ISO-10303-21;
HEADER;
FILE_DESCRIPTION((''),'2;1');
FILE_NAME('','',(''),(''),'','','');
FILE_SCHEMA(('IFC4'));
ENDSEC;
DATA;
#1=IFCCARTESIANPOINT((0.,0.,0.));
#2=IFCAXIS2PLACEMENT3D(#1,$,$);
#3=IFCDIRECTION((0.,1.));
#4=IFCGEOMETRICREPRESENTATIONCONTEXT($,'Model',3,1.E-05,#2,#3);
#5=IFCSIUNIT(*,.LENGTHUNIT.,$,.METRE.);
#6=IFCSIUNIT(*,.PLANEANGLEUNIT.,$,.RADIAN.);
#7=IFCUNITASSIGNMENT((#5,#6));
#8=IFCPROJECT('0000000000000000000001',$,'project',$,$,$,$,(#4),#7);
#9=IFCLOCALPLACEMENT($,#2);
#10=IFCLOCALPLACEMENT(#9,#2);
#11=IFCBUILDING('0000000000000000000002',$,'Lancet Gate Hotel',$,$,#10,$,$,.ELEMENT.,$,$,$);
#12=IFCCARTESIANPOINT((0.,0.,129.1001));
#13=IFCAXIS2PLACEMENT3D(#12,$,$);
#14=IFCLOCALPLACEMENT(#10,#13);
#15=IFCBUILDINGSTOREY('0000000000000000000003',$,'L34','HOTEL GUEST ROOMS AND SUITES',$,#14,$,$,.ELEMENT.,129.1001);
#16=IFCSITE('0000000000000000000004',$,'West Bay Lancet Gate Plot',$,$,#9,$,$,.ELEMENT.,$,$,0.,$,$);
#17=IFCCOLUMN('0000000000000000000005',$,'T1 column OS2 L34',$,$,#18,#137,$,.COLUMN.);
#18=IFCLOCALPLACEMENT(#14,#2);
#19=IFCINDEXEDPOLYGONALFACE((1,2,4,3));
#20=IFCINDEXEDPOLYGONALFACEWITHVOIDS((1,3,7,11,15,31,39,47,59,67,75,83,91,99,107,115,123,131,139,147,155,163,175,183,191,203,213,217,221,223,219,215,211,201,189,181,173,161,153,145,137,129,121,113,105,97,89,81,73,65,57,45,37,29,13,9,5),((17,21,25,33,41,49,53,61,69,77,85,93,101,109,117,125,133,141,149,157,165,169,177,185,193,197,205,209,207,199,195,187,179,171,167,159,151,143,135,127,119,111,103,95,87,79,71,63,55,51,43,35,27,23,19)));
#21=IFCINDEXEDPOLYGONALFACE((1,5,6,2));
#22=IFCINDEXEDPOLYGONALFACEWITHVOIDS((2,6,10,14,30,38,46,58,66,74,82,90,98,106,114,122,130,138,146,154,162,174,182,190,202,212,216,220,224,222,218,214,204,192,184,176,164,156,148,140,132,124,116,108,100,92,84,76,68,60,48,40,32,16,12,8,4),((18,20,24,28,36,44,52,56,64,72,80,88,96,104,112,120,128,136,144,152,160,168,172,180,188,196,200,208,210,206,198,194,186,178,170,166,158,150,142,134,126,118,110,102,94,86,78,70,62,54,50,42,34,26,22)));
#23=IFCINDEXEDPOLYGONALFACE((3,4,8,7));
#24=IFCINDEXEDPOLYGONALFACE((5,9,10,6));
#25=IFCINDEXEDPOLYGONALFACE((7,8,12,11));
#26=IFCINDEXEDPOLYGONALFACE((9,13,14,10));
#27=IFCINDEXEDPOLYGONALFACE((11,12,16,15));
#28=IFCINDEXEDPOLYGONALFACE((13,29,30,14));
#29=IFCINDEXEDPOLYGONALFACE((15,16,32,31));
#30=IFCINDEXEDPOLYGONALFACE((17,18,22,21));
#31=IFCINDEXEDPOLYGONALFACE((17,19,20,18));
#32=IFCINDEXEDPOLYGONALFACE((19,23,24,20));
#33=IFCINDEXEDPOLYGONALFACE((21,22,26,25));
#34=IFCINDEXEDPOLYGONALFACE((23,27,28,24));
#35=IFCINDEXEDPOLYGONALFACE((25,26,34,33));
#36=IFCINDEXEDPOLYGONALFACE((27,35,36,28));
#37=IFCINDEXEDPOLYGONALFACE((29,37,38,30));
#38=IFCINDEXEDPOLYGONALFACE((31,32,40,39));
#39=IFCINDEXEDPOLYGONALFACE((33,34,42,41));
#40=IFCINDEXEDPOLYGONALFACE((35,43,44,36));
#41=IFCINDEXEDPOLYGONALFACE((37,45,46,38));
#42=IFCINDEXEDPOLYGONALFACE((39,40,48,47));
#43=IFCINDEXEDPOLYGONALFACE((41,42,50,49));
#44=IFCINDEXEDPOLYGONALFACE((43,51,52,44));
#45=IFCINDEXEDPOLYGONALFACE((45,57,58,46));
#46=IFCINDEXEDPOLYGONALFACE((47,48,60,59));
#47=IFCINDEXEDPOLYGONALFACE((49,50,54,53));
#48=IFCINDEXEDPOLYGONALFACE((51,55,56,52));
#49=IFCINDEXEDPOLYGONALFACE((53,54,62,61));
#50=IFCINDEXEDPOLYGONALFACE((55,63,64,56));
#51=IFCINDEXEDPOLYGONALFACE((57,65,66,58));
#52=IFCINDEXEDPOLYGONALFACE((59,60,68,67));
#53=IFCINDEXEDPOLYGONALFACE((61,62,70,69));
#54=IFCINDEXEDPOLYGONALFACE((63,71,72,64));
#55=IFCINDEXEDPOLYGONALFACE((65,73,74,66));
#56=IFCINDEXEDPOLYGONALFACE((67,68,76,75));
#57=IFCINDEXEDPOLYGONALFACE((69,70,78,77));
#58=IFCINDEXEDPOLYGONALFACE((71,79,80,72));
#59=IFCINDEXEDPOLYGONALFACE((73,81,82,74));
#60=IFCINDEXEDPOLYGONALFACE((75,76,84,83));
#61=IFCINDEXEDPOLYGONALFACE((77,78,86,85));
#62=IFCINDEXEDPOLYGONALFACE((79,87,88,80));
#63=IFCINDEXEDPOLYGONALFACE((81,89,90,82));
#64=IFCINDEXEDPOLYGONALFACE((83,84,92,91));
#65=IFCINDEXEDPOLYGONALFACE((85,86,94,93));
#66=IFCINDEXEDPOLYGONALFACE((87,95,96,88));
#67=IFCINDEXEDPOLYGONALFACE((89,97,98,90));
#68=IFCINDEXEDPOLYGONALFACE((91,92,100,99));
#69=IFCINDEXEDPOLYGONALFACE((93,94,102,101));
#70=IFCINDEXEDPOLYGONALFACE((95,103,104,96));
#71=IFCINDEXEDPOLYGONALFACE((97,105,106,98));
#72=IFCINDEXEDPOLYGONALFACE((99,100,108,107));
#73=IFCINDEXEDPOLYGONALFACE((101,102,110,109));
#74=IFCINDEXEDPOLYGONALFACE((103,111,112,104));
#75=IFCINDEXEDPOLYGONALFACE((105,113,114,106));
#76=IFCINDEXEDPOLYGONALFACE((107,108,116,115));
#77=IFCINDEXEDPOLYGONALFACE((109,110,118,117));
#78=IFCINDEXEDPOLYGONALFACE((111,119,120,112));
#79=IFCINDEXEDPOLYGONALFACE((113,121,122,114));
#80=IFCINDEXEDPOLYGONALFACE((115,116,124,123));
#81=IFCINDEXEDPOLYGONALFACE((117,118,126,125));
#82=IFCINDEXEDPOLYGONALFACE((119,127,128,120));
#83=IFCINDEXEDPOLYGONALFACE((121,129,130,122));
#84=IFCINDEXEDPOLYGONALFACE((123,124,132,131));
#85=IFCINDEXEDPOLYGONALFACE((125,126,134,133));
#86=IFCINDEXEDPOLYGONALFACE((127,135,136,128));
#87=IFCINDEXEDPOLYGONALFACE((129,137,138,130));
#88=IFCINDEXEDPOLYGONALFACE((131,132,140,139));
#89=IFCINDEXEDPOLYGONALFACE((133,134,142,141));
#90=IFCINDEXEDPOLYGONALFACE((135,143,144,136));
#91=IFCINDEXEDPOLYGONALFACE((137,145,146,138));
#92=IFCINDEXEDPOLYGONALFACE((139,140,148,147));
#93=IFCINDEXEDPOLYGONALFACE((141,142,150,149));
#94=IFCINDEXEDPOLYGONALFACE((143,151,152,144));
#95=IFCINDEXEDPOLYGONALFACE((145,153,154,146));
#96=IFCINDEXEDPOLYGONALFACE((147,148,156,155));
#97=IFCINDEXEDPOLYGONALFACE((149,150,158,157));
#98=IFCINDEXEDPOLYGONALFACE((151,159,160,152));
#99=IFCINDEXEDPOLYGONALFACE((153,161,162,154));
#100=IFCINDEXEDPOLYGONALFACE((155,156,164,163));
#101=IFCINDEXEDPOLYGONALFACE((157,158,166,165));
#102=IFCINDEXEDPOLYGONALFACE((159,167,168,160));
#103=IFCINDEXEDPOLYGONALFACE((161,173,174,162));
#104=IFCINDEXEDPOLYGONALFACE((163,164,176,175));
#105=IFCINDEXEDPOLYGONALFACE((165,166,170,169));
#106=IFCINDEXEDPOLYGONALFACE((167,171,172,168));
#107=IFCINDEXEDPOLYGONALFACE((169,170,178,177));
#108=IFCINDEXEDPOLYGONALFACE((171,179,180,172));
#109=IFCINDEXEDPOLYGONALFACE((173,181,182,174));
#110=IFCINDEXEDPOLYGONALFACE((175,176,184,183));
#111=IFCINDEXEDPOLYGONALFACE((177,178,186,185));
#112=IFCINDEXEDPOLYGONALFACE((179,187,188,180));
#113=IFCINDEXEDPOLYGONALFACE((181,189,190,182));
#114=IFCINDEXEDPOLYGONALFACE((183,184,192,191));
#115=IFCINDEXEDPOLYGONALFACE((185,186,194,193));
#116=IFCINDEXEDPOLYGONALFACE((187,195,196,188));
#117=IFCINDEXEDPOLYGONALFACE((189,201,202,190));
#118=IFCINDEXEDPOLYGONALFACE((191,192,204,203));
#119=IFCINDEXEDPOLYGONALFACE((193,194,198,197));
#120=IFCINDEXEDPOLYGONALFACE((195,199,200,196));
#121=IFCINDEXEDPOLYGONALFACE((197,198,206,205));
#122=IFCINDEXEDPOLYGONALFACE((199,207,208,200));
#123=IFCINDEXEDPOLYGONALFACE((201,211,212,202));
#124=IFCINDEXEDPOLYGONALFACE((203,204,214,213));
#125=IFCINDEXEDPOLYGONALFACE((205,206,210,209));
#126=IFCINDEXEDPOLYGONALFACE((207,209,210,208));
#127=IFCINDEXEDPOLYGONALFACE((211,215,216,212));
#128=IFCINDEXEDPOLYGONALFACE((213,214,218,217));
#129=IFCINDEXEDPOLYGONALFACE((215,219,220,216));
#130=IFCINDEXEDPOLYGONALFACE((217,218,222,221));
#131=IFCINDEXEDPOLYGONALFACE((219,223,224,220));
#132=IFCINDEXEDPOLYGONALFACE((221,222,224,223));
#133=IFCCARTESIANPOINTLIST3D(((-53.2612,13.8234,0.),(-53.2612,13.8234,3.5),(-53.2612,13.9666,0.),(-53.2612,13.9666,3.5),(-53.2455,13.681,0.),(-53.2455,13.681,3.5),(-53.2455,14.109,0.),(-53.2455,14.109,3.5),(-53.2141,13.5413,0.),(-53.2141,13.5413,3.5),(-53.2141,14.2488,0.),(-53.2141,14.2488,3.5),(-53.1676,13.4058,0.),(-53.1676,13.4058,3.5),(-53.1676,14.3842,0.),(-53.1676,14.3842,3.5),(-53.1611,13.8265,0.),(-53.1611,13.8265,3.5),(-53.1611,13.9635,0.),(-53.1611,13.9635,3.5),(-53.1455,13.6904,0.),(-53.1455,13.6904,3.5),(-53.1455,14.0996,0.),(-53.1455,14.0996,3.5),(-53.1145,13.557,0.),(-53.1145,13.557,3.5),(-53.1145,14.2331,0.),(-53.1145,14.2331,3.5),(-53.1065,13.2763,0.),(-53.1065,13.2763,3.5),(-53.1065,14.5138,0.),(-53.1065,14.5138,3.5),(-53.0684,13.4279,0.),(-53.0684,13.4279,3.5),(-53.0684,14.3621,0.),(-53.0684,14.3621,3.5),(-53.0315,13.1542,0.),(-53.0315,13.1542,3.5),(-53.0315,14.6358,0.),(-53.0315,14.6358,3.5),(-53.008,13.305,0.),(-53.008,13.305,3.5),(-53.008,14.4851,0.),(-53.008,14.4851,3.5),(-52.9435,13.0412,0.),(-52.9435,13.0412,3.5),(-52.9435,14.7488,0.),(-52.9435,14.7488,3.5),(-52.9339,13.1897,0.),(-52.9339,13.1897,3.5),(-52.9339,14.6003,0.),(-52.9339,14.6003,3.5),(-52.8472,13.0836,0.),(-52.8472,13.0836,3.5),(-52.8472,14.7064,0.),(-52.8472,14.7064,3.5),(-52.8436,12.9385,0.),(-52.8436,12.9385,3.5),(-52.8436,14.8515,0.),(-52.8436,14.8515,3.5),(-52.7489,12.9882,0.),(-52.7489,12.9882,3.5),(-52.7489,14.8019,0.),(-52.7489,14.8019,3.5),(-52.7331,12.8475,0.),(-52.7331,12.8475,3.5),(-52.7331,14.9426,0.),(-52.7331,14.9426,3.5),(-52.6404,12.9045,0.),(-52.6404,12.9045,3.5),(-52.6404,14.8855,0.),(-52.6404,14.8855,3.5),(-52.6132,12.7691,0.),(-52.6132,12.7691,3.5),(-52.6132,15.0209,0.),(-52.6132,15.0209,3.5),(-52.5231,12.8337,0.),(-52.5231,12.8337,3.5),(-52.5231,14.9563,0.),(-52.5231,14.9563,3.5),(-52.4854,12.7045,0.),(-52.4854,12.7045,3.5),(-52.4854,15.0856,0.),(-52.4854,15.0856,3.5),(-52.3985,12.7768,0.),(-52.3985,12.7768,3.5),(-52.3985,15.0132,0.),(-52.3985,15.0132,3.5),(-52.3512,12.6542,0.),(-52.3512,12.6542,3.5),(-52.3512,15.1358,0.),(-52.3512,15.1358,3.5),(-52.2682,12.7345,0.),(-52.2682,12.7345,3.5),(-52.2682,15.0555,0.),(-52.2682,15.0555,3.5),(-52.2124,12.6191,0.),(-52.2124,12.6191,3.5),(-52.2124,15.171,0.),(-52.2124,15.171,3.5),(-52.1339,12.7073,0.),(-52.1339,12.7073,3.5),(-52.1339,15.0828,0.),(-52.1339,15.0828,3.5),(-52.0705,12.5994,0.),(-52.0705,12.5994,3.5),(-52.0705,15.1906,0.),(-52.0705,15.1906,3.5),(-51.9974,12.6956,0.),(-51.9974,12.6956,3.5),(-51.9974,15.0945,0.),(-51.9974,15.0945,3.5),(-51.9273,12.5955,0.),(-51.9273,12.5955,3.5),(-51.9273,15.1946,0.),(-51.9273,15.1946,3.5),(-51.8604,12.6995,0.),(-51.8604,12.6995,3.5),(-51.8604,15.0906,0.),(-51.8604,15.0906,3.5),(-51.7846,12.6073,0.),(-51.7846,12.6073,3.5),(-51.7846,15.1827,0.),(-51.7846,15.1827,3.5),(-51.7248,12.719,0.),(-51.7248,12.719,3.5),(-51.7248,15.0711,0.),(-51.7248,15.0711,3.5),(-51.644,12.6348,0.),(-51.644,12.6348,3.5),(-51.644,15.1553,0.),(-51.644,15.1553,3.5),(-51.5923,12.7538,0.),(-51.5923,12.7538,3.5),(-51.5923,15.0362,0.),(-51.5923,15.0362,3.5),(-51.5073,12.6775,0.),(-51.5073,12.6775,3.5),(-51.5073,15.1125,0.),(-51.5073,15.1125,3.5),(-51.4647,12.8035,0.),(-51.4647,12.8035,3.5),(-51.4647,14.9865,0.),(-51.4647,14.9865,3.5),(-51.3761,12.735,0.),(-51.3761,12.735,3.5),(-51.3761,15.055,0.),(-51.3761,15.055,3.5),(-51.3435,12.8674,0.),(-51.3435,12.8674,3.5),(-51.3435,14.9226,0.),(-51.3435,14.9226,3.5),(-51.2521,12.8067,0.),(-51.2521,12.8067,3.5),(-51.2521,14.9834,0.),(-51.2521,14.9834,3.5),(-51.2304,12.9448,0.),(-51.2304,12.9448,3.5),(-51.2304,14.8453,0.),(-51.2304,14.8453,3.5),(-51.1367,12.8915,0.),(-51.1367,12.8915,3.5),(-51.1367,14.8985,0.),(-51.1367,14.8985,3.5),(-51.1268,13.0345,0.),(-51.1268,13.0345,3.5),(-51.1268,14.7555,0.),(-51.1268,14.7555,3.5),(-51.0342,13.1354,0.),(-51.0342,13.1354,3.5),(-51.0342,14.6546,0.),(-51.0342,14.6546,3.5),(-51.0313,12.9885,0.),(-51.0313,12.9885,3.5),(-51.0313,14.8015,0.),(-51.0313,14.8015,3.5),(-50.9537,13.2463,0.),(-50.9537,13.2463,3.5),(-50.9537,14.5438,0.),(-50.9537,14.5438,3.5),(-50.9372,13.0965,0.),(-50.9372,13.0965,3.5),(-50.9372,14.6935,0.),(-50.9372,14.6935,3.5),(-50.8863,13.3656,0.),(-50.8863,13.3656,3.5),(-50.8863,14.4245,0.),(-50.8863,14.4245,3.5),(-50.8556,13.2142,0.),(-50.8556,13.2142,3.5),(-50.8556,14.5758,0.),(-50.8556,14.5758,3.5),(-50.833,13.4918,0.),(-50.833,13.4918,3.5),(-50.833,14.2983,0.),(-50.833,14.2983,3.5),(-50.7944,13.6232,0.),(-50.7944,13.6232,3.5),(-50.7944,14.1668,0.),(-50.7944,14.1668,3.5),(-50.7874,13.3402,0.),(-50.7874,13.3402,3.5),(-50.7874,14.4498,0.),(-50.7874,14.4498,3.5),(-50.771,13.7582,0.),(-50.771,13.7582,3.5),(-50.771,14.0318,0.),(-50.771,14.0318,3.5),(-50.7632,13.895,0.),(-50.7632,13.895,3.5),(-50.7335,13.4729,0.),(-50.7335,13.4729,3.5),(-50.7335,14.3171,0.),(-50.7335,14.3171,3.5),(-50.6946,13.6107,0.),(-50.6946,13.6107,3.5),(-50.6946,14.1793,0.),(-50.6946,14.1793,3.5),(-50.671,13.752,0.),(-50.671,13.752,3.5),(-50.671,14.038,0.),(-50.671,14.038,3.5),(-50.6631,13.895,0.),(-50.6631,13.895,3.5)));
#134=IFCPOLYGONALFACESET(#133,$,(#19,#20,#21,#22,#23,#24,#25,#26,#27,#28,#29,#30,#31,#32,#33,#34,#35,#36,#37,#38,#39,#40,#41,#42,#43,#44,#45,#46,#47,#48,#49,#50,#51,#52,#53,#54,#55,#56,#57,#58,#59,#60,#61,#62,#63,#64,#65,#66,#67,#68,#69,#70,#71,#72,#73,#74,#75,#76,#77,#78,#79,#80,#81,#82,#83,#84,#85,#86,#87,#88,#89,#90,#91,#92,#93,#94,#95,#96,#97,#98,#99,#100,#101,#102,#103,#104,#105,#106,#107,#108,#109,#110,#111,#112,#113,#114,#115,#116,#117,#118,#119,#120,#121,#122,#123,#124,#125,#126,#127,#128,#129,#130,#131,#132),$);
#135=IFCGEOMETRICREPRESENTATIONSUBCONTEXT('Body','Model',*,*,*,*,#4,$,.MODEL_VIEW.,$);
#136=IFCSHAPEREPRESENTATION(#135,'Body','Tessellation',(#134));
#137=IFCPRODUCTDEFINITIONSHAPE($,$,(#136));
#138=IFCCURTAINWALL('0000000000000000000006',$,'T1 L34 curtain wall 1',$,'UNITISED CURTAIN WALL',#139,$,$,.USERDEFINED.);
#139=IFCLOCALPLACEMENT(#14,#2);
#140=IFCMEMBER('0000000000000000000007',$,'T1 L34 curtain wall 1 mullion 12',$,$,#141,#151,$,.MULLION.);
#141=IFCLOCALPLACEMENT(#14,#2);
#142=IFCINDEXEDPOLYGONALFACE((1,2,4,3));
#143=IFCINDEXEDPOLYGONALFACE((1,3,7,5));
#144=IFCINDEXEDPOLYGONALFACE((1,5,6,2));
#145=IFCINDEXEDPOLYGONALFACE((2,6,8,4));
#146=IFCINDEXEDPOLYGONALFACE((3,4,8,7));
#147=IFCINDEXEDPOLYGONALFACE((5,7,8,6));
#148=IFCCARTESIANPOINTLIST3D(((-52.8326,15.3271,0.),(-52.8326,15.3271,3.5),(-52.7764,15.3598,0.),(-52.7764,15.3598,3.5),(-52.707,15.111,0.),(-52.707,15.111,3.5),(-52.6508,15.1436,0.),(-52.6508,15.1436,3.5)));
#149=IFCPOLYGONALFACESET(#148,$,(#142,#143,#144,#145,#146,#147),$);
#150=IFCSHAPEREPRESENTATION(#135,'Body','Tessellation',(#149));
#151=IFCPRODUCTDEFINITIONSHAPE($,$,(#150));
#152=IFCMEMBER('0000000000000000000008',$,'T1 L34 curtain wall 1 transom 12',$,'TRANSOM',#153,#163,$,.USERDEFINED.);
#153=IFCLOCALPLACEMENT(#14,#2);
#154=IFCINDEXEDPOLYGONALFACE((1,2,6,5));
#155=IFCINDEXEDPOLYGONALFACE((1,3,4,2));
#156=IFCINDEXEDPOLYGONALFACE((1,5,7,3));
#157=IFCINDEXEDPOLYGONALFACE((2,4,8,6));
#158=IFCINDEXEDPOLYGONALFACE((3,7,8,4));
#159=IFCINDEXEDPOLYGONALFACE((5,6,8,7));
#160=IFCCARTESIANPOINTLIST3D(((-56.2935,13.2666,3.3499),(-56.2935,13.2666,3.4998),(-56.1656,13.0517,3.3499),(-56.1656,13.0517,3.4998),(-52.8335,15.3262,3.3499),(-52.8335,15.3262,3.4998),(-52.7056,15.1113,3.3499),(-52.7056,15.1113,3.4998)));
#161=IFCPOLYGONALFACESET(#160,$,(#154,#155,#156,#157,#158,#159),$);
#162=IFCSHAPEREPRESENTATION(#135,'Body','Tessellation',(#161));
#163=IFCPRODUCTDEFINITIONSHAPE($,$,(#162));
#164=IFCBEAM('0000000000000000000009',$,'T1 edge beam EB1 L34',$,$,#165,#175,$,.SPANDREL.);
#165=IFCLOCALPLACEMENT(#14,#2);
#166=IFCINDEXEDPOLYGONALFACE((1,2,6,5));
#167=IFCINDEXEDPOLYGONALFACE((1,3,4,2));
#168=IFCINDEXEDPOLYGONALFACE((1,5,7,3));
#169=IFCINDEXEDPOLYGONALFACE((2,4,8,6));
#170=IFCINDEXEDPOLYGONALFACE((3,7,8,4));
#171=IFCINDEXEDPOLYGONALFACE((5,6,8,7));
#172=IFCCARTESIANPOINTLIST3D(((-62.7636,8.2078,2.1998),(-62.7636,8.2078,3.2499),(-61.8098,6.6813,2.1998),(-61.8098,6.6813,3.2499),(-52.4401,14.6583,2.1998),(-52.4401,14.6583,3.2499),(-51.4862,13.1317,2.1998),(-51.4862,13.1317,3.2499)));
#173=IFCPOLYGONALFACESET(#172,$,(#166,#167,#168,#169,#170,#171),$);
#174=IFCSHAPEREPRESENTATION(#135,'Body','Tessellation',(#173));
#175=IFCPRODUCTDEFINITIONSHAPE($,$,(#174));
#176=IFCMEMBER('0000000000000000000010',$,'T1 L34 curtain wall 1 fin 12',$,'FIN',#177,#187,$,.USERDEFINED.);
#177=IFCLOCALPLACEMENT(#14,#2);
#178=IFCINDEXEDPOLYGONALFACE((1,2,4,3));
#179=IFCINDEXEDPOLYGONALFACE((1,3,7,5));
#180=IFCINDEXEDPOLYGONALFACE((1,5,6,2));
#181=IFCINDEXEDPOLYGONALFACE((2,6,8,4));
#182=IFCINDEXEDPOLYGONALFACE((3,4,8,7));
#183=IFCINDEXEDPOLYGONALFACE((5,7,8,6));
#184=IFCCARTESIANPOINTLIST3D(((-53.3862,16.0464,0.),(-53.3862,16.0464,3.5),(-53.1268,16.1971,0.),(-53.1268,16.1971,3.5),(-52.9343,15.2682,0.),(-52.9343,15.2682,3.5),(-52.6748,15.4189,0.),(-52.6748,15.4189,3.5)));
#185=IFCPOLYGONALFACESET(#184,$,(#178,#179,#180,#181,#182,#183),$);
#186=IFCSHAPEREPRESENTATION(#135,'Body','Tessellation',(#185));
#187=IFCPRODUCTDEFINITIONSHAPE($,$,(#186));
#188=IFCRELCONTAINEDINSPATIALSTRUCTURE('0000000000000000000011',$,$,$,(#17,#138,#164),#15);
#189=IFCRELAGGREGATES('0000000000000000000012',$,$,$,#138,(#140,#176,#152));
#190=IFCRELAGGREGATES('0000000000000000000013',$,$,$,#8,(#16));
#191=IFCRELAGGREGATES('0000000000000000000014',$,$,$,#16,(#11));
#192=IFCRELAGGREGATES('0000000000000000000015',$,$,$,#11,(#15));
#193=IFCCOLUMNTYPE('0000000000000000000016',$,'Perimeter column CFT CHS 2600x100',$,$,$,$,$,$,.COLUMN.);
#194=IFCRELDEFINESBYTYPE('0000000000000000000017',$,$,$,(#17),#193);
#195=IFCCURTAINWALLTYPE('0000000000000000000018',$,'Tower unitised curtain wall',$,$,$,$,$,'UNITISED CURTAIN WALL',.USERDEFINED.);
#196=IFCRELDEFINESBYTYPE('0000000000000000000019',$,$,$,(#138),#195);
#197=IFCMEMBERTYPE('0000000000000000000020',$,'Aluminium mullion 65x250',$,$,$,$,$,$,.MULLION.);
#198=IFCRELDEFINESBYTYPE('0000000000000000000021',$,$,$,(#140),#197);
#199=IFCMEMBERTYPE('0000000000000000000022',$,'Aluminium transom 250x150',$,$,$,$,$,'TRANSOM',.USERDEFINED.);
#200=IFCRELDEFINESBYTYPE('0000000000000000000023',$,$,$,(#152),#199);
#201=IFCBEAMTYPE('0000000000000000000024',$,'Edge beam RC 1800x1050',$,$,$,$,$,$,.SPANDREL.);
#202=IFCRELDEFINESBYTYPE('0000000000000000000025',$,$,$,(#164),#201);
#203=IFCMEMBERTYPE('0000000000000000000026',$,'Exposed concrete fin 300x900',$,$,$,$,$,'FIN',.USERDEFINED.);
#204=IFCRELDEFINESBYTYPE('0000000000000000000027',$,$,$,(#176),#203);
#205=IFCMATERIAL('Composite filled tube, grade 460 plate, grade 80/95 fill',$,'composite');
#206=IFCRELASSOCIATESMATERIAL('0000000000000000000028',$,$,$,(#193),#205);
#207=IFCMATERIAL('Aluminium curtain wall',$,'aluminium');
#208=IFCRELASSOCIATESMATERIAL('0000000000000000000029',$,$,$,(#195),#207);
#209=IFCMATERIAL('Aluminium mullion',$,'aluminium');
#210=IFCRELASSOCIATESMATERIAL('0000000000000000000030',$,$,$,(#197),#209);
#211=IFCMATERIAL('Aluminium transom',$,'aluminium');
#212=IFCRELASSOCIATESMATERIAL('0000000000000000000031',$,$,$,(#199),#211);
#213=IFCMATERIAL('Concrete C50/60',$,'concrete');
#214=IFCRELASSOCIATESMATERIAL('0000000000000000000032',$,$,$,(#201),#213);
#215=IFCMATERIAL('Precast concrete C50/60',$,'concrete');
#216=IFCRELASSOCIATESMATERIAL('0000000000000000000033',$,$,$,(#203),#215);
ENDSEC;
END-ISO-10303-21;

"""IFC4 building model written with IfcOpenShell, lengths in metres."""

from ifc_helpers import new_model, si_unit, direction, frame, origin, origin_2d, place, context, subcontext, project, spatial, rectangle, hollow_circle, extrude, material, material_profile, profile_set, type_object, element, aggregate, save


model = new_model("IFC4")

# Units and contexts
model_context = context("Model", 3, precision=1e-05, world=origin(), true_north=direction((0.0, 1.0)))
body_context = subcontext(model_context, "Body", "Model", "MODEL_VIEW")
ifc_project = project(units=[si_unit("LENGTHUNIT", "METRE"), si_unit("PLANEANGLEUNIT", "RADIAN")], contexts=[model_context])

# Site, building, storey
site_placement = place(None, origin())
site = spatial("IfcSite", under=ifc_project, at=site_placement, Name="West Bay Lancet Gate Plot", CompositionType="ELEMENT", RefElevation=0.0)
building_placement = place(site_placement, origin())
building = spatial("IfcBuilding", under=site, at=building_placement, Name="Lancet Gate Hotel", CompositionType="ELEMENT")
storey_placement = place(building_placement, frame((0.0, 0.0, 129.1001)))
storey = spatial("IfcBuildingStorey", under=building, at=storey_placement, Name="L34", Description="HOTEL GUEST ROOMS AND SUITES", CompositionType="ELEMENT", Elevation=129.1001)

# Column
ifc_material_1 = material(Name="Composite filled tube, grade 460 plate, grade 80/95 fill", Category="composite")
ifc_material_profile_1 = material_profile(ifc_material_1, hollow_circle(Radius=1.3, WallThickness=0.1001, at=origin_2d()), Name="CHS 2600x100")
ifc_profile_set_1 = profile_set([ifc_material_profile_1], Name="Composite filled tube, grade 460 plate, grade 80/95 fill")
column_type = type_object("IfcColumnType", Name="Perimeter column CFT CHS 2600x100", PredefinedType="COLUMN", material=ifc_profile_set_1)
column_placement = place(storey_placement, frame((-51.9631, 13.895, 0.0), z_axis=(0.0, 0.0, 1.0), x_axis=(1.0, 0.0, 0.0)))
element("IfcColumn", 1, at=column_placement, inside=storey, type_object=column_type, Name="T1 column OS2 L34", PredefinedType="COLUMN", context=body_context, shape_type="SweptSolid", body=[
    extrude(hollow_circle(Radius=1.3, WallThickness=0.1001, at=origin_2d()), origin(), (0.0, 0.0, 1.0), 3.5),
])

# Curtain wall, members
ifc_material_2 = material(Name="Aluminium curtain wall", Category="aluminium")
curtain_wall_type = type_object("IfcCurtainWallType", Name="Tower unitised curtain wall", ElementType="UNITISED CURTAIN WALL", PredefinedType="USERDEFINED", material=ifc_material_2)
curtain_wall_placement = place(storey_placement, origin())
curtain_wall = element("IfcCurtainWall", 2, at=curtain_wall_placement, inside=storey, type_object=curtain_wall_type, Name="T1 L34 curtain wall 1", ObjectType="UNITISED CURTAIN WALL", PredefinedType="USERDEFINED")
ifc_material_3 = material(Name="Aluminium mullion", Category="aluminium")
ifc_material_profile_2 = material_profile(ifc_material_3, rectangle(XDim=0.0649, YDim=0.25, at=origin_2d()), Name="MULLION 65x250")
ifc_profile_set_2 = profile_set([ifc_material_profile_2], Name="Aluminium mullion")
member_type_1 = type_object("IfcMemberType", Name="Aluminium mullion 65x250", PredefinedType="MULLION", material=ifc_profile_set_2)
member_1_placement = place(storey_placement, frame((-52.7417, 15.2354, 0.0), z_axis=(0.0, 0.0, 1.0), x_axis=(-0.864728, -0.502241, 0.0)))
member_1 = element("IfcMember", 3, at=member_1_placement, type_object=member_type_1, Name="T1 L34 curtain wall 1 mullion 12", PredefinedType="MULLION", context=body_context, shape_type="SweptSolid", body=[
    extrude(rectangle(XDim=0.0649, YDim=0.25, at=origin_2d()), origin(), (0.0, 0.0, 1.0), 3.5),
])
ifc_material_4 = material(Name="Aluminium transom", Category="aluminium")
ifc_material_profile_3 = material_profile(ifc_material_4, rectangle(XDim=0.25, YDim=0.1499, at=origin_2d()), Name="TRANSOM 250x150")
ifc_profile_set_3 = profile_set([ifc_material_profile_3], Name="Aluminium transom")
member_type_2 = type_object("IfcMemberType", Name="Aluminium transom 250x150", ElementType="TRANSOM", PredefinedType="USERDEFINED", material=ifc_profile_set_3)
member_2_placement = place(storey_placement, frame((-52.7695, 15.2188, 3.4248), z_axis=(-0.859285, -0.511497, 0.0), x_axis=(0.511497, -0.859285, 0.0)))
member_2 = element("IfcMember", 4, at=member_2_placement, type_object=member_type_2, Name="T1 L34 curtain wall 1 transom 12", ObjectType="TRANSOM", PredefinedType="USERDEFINED", context=body_context, shape_type="SweptSolid", body=[
    extrude(rectangle(XDim=0.25, YDim=0.1499, at=origin_2d()), origin(), (0.0, 0.0, 1.0), 4.0266),
])

# Beam
ifc_material_5 = material(Name="Concrete C50/60", Category="concrete")
ifc_material_profile_4 = material_profile(ifc_material_5, rectangle(XDim=1.8, YDim=1.05, at=origin_2d()), Name="RC 1800x1050")
ifc_profile_set_4 = profile_set([ifc_material_profile_4], Name="Concrete C50/60")
beam_type_1 = type_object("IfcBeamType", Name="Edge beam RC 1800x1050", PredefinedType="SPANDREL", material=ifc_profile_set_4)
beam_1_placement = place(storey_placement, frame((-51.9631, 13.895, 2.7249), z_axis=(-0.848063, -0.529896, 0.0), x_axis=(0.529896, -0.848063, 0.0)))
element("IfcBeam", 5, at=beam_1_placement, inside=storey, type_object=beam_type_1, Name="T1 edge beam EB1 L34", PredefinedType="SPANDREL", context=body_context, shape_type="SweptSolid", body=[
    extrude(rectangle(XDim=1.8, YDim=1.05, at=origin_2d()), origin(), (0.0, 0.0, 1.0), 12.1731),
])

# Member
ifc_material_6 = material(Name="Precast concrete C50/60", Category="concrete")
ifc_material_profile_5 = material_profile(ifc_material_6, rectangle(XDim=0.3, YDim=0.8999, at=origin_2d()), Name="FIN 300x900")
ifc_profile_set_5 = profile_set([ifc_material_profile_5], Name="Precast concrete C50/60")
member_type_3 = type_object("IfcMemberType", Name="Exposed concrete fin 300x900", ElementType="FIN", PredefinedType="USERDEFINED", material=ifc_profile_set_5)
member_3_placement = place(storey_placement, frame((-53.0305, 15.7327, 0.0), z_axis=(0.0, 0.0, 1.0), x_axis=(-0.864728, -0.502241, 0.0)))
member_3 = element("IfcMember", 6, at=member_3_placement, type_object=member_type_3, Name="T1 L34 curtain wall 1 fin 12", ObjectType="FIN", PredefinedType="USERDEFINED", context=body_context, shape_type="SweptSolid", body=[
    extrude(rectangle(XDim=0.3, YDim=0.8999, at=origin_2d()), origin(), (0.0, 0.0, 1.0), 3.5),
])

aggregate(curtain_wall, [member_1, member_3, member_2])

save(model, "model.ifc")
